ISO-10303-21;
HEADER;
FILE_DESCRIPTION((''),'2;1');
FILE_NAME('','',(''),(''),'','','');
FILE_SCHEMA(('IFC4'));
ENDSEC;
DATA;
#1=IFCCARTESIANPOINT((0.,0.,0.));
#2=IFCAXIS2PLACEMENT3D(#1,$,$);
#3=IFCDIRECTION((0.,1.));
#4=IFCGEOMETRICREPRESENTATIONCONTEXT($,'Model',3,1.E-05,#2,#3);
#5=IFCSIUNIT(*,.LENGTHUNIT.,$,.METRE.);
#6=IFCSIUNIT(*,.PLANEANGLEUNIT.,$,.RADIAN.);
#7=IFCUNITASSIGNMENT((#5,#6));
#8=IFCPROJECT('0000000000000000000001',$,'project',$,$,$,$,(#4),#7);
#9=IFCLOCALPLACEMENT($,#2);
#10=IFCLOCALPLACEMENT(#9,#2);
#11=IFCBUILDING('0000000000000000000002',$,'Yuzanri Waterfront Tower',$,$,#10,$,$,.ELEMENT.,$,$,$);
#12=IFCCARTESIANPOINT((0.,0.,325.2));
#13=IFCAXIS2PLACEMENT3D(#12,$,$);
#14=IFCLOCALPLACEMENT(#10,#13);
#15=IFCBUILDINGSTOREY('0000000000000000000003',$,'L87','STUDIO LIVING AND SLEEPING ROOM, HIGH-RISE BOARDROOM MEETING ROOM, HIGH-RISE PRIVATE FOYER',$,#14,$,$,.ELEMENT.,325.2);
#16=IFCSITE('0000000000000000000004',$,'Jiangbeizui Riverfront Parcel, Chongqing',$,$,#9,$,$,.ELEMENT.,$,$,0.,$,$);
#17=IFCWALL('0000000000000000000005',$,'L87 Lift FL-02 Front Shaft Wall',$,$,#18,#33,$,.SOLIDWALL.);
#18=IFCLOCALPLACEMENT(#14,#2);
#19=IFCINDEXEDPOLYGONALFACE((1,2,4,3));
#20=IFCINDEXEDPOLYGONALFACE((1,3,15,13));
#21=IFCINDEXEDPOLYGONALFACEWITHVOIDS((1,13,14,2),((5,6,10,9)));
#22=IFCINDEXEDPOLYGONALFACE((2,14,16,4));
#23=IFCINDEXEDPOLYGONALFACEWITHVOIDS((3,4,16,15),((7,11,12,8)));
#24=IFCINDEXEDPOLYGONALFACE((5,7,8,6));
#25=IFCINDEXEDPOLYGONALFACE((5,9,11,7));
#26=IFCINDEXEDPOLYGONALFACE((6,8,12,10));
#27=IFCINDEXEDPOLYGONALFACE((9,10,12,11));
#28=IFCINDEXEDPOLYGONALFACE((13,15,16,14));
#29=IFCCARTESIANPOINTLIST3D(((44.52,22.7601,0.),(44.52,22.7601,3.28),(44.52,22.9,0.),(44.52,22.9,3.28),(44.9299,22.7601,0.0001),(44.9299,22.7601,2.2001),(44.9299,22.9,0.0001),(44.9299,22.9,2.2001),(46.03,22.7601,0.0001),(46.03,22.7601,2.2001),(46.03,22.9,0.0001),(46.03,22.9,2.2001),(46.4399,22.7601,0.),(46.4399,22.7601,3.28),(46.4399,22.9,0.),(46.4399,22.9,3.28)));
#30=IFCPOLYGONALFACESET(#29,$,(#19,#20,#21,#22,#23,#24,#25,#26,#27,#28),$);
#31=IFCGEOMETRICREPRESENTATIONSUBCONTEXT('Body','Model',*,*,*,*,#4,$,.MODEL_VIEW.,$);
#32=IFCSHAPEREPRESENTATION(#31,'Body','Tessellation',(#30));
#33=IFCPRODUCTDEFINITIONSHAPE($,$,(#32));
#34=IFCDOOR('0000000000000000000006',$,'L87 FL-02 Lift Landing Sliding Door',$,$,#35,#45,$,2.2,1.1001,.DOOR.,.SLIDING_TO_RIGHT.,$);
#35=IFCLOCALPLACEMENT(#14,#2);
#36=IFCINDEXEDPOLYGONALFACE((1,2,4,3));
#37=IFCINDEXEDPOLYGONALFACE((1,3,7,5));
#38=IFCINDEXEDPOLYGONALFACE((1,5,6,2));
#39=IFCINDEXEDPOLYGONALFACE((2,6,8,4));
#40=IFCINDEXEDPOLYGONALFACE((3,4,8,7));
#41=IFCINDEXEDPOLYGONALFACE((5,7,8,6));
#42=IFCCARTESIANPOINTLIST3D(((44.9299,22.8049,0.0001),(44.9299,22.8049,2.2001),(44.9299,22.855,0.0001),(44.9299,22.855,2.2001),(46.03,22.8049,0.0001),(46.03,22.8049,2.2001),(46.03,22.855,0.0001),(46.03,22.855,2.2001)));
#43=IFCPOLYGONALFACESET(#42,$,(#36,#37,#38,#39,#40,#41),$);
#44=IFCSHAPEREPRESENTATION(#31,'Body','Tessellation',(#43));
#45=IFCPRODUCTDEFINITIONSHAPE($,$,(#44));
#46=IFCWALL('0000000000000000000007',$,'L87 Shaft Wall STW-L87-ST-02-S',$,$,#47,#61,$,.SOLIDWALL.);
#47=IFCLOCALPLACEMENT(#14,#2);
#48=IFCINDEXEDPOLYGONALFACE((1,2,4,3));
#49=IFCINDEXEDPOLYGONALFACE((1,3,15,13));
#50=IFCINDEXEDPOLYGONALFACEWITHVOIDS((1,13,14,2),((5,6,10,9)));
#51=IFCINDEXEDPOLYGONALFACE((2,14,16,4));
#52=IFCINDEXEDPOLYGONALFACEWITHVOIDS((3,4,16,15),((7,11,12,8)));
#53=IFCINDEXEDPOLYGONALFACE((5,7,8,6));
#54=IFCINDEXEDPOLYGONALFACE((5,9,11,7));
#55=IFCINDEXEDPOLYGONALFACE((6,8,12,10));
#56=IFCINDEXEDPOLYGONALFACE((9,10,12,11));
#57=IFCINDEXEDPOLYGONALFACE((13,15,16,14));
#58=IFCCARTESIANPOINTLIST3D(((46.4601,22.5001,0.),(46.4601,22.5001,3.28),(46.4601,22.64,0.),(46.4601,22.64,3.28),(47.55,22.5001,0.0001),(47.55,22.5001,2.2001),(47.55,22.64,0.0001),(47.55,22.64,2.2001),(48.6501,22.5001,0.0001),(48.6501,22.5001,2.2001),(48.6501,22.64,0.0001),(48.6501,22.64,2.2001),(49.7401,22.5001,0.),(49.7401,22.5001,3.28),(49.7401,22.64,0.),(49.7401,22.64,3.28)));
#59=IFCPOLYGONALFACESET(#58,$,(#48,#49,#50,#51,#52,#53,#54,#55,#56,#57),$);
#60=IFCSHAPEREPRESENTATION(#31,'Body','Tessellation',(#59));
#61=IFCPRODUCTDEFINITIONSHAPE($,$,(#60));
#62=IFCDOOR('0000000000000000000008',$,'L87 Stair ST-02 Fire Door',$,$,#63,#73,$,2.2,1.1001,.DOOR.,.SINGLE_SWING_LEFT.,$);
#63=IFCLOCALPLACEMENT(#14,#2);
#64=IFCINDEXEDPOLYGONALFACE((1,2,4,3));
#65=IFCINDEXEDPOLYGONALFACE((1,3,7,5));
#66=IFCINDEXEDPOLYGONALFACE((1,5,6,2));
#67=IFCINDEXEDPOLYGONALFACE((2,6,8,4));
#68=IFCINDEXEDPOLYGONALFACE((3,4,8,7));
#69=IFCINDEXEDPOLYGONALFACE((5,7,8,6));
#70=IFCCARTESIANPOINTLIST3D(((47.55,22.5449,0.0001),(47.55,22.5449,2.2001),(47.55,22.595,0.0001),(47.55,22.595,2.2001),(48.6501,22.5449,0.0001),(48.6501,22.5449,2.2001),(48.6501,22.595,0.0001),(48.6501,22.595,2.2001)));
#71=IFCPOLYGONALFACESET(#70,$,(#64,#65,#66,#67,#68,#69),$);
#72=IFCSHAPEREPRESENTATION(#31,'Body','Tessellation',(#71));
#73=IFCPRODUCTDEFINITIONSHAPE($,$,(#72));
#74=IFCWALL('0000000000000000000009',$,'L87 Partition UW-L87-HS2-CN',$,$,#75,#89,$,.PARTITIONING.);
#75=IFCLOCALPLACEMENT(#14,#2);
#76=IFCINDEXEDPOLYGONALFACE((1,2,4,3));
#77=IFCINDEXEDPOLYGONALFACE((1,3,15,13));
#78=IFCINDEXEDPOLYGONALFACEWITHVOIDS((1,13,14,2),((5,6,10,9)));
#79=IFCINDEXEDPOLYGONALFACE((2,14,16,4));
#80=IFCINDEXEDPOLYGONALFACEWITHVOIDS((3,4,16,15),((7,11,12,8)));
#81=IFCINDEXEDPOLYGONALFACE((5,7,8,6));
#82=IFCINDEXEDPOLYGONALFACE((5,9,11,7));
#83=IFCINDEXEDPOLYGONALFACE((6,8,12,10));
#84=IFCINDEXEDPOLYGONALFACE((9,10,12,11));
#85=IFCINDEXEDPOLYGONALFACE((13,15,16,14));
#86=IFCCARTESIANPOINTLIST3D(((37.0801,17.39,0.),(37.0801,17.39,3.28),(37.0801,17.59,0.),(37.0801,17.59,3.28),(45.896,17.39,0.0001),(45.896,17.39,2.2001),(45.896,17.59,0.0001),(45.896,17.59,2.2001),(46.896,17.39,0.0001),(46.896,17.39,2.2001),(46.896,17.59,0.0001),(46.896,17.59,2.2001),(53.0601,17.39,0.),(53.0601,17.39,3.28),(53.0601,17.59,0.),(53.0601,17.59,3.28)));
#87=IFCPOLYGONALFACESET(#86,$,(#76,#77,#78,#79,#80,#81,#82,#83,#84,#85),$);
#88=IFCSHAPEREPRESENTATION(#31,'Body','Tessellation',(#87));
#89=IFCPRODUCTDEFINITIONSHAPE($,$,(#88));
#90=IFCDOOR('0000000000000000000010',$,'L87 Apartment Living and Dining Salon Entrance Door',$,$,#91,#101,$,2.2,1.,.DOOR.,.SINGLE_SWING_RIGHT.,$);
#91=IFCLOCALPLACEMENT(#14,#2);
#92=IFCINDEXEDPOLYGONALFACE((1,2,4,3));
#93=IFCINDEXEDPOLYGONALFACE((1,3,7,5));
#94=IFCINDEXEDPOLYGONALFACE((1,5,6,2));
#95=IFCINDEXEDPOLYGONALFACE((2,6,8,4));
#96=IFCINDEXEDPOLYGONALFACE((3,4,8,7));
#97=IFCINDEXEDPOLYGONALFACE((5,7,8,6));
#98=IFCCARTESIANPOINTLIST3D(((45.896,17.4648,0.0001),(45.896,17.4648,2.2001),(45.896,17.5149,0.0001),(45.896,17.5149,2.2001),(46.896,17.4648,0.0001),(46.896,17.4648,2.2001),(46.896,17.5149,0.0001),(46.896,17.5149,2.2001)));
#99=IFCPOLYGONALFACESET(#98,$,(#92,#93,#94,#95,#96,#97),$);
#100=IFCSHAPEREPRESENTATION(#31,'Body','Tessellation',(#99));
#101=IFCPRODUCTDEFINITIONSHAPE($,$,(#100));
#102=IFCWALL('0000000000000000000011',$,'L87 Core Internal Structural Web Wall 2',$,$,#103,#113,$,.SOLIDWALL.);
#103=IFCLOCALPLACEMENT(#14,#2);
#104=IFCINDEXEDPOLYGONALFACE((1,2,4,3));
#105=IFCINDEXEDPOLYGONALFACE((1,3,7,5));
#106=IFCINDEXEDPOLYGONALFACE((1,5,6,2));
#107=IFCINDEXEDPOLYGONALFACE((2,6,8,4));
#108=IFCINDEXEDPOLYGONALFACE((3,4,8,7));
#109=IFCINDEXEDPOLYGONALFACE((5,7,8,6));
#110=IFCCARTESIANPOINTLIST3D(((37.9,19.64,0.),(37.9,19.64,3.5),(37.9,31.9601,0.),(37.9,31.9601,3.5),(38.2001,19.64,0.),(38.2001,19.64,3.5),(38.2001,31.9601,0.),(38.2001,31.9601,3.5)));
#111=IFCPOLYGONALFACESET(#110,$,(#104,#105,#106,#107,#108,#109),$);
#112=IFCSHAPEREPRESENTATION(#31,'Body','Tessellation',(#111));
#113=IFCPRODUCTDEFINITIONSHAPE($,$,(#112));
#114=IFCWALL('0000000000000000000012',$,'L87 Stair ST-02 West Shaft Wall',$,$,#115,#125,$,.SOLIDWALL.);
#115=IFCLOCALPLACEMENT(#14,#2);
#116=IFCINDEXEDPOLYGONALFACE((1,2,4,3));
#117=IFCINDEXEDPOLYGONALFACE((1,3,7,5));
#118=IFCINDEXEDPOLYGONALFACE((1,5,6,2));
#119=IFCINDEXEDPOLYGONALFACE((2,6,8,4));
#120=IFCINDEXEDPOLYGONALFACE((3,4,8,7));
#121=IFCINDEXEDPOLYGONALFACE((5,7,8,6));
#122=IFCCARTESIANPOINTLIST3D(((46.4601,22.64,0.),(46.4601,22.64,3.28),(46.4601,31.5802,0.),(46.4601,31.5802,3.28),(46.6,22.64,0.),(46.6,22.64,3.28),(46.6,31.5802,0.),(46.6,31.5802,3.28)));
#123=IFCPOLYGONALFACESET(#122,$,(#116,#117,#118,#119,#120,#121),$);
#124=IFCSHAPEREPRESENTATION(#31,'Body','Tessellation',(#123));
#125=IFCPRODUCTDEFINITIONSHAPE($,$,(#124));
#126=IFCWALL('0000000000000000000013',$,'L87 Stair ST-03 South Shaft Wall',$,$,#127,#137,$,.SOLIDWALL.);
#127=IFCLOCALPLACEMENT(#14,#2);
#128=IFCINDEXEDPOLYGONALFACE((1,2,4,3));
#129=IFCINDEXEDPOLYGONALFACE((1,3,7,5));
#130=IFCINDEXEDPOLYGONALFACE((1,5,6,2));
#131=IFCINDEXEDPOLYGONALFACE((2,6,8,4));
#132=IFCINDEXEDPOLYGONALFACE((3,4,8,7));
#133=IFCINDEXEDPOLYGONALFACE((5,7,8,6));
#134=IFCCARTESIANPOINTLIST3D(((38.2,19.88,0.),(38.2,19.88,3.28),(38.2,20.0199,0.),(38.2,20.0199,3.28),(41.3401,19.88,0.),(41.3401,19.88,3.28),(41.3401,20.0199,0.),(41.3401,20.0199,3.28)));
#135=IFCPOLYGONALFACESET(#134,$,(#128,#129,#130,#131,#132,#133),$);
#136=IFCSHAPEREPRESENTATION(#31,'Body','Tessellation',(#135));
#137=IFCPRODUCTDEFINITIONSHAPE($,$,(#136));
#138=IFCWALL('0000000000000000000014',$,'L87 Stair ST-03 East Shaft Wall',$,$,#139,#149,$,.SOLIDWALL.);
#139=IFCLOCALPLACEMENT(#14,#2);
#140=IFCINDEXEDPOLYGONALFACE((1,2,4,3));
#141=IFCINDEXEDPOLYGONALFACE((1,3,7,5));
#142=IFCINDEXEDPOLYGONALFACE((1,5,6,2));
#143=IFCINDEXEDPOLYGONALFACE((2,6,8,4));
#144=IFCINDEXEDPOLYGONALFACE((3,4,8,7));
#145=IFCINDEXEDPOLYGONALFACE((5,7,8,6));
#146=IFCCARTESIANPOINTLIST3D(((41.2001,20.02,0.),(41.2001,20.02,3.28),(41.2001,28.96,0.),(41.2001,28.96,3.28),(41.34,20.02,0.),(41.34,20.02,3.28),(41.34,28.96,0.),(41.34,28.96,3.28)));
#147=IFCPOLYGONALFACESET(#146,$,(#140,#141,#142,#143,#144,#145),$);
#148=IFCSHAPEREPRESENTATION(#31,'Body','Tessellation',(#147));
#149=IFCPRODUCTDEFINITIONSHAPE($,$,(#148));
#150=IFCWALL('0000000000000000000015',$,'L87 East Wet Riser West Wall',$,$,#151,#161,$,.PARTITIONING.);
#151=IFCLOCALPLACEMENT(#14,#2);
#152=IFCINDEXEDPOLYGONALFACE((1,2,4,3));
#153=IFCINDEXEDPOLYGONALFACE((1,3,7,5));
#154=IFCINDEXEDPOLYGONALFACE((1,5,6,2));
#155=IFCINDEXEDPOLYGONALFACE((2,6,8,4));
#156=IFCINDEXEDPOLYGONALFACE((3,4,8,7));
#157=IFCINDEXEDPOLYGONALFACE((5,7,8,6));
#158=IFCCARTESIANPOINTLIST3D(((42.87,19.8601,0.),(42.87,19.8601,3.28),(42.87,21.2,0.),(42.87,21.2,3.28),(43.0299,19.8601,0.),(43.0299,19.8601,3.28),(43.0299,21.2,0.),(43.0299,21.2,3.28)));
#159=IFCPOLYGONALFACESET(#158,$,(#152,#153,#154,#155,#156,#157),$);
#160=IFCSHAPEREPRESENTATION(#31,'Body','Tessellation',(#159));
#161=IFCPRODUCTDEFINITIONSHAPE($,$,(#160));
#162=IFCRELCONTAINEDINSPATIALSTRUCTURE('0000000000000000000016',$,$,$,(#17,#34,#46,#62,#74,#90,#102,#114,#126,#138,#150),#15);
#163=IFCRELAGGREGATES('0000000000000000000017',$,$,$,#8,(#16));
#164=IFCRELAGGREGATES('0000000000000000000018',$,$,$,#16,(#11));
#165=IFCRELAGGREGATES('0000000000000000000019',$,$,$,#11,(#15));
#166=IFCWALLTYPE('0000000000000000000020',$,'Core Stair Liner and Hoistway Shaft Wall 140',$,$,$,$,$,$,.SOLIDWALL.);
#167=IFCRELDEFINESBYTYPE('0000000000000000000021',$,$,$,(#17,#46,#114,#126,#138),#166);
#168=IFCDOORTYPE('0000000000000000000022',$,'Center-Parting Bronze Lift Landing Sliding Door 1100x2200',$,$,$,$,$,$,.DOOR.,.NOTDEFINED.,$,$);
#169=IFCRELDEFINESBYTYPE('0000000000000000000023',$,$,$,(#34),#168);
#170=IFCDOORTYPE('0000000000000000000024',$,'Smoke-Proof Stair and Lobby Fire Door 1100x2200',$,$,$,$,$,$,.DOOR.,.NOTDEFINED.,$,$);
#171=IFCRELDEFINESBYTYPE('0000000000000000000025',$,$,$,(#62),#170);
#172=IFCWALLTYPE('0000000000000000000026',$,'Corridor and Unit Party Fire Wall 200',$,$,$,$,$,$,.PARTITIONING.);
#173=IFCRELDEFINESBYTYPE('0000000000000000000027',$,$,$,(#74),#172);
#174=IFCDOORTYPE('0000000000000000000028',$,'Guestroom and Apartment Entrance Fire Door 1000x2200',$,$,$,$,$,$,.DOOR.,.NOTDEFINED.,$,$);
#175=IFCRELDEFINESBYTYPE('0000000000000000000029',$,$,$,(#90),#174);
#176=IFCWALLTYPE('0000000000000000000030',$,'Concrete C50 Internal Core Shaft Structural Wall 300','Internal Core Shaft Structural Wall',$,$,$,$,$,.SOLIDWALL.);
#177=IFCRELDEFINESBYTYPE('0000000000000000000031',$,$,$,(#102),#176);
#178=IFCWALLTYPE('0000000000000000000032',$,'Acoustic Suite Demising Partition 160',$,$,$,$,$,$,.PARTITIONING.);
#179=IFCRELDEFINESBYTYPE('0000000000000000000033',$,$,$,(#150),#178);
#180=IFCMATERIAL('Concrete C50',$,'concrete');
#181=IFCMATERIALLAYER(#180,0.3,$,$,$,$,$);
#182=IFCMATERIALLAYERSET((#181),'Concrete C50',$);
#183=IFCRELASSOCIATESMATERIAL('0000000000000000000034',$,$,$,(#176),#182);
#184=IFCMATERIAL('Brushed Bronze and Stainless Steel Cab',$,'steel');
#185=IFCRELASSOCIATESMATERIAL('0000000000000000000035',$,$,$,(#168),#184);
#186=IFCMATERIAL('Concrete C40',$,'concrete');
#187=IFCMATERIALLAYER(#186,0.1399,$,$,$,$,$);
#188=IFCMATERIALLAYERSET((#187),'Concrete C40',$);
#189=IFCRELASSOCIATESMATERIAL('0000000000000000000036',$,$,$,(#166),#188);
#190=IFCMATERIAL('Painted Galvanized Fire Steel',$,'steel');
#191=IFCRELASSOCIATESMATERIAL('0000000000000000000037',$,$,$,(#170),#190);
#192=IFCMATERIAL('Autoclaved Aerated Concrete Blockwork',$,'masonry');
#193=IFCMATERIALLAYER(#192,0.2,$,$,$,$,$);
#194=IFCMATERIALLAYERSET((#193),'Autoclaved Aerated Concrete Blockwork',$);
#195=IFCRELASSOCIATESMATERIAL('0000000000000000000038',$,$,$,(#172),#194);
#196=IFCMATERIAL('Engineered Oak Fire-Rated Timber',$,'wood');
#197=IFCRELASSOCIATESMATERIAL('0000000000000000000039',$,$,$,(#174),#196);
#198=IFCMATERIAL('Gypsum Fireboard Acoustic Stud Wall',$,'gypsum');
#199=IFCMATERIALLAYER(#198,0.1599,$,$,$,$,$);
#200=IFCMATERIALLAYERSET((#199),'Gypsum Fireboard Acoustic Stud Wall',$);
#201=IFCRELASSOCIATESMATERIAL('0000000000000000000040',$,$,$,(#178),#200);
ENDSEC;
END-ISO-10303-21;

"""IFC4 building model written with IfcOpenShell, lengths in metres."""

from ifc_helpers import new_model, si_unit, direction, frame, frame_2d, origin, place, context, subcontext, project, spatial, rectangle, extrude, source, transform, mapped, material, layer, layer_set, type_object, element, fill, save


model = new_model("IFC4")

# Units and contexts
model_context = context("Model", 3, precision=1e-05, world=origin(), true_north=direction((0.0, 1.0)))
body_context = subcontext(model_context, "Body", "Model", "MODEL_VIEW")
ifc_project = project(units=[si_unit("LENGTHUNIT", "METRE"), si_unit("PLANEANGLEUNIT", "RADIAN")], contexts=[model_context])

# Site, building, storey
site_placement = place(None, origin())
site = spatial("IfcSite", under=ifc_project, at=site_placement, Name="Jiangbeizui Riverfront Parcel, Chongqing", CompositionType="ELEMENT", RefElevation=0.0)
building_placement = place(site_placement, origin())
building = spatial("IfcBuilding", under=site, at=building_placement, Name="Yuzanri Waterfront Tower", CompositionType="ELEMENT")
storey_placement = place(building_placement, frame((0.0, 0.0, 325.2)))
storey = spatial("IfcBuildingStorey", under=building, at=storey_placement, Name="L87", Description="STUDIO LIVING AND SLEEPING ROOM, HIGH-RISE BOARDROOM MEETING ROOM, HIGH-RISE PRIVATE FOYER", CompositionType="ELEMENT", Elevation=325.2)

# Shared definitions
ifc_material_1 = material(Name="Concrete C50", Category="concrete")
ifc_layer_1 = layer(ifc_material_1, 0.3)
ifc_layer_set_1 = layer_set([ifc_layer_1], Name="Concrete C50")
wall_type_1 = type_object("IfcWallType", Name="Concrete C50 Internal Core Shaft Structural Wall 300", Description="Internal Core Shaft Structural Wall", PredefinedType="SOLIDWALL", material=ifc_layer_set_1)
ifc_material_2 = material(Name="Brushed Bronze and Stainless Steel Cab", Category="steel")
door_type_1 = type_object("IfcDoorType", Name="Center-Parting Bronze Lift Landing Sliding Door 1100x2200", OperationType="NOTDEFINED", PredefinedType="DOOR", material=ifc_material_2)
shared_shape_1 = source(origin(), body_context, "Body", "SweptSolid", [
    extrude(rectangle(XDim=1.1001, YDim=2.2, at=frame_2d((0.55, 1.1001))), frame((0.0, 0.0249, 0.0), z_axis=(0.0, -1.0, 0.0), x_axis=(1.0, 0.0, 0.0)), (0.0, 0.0, 1.0), 0.05),
])

# Walls, openings, doors
ifc_material_3 = material(Name="Concrete C40", Category="concrete")
ifc_layer_2 = layer(ifc_material_3, 0.1399)
ifc_layer_set_2 = layer_set([ifc_layer_2], Name="Concrete C40")
wall_type_2 = type_object("IfcWallType", Name="Core Stair Liner and Hoistway Shaft Wall 140", PredefinedType="SOLIDWALL", material=ifc_layer_set_2)
wall_1_placement = place(storey_placement, frame((44.52, 22.8301, 0.0), z_axis=(0.0, 0.0, 1.0), x_axis=(1.0, 0.0, 0.0)))
wall_1 = element("IfcWall", 1, at=wall_1_placement, inside=storey, type_object=wall_type_2, Name="L87 Lift FL-02 Front Shaft Wall", PredefinedType="SOLIDWALL", context=body_context, shape_type="SweptSolid", body=[
    extrude(rectangle(XDim=1.9199, YDim=0.1399, at=frame_2d((0.96, 0.0))), origin(), (0.0, 0.0, 1.0), 3.28),
])
opening_1_placement = place(wall_1_placement, frame((0.4099, 0.0, 0.0)))
opening_1 = element("IfcOpeningElement", 2, at=opening_1_placement, cuts=wall_1, PredefinedType="OPENING", context=body_context, shape_type="SweptSolid", body=[
    extrude(rectangle(XDim=1.1001, YDim=2.2, at=frame_2d((0.55, 1.1001))), frame((0.0, 0.085, 0.0), z_axis=(0.0, -1.0, 0.0), x_axis=(1.0, 0.0, 0.0)), (0.0, 0.0, 1.0), 0.1697),
])
door_1_placement = place(opening_1_placement, origin())
door_1 = element("IfcDoor", 3, at=door_1_placement, inside=storey, type_object=door_type_1, Name="L87 FL-02 Lift Landing Sliding Door", OperationType="SLIDING_TO_RIGHT", OverallHeight=2.2, OverallWidth=1.1001, PredefinedType="DOOR", context=body_context, shape_type="MappedRepresentation", body=[
    mapped(shared_shape_1, transform((0.0, 0.0, 0.0), scale=1.0)),
])
fill(opening_1, door_1)
wall_2_placement = place(storey_placement, frame((46.46, 22.5701, 0.0), z_axis=(0.0, 0.0, 1.0), x_axis=(1.0, 0.0, 0.0)))
wall_2 = element("IfcWall", 4, at=wall_2_placement, inside=storey, type_object=wall_type_2, Name="L87 Shaft Wall STW-L87-ST-02-S", PredefinedType="SOLIDWALL", context=body_context, shape_type="SweptSolid", body=[
    extrude(rectangle(XDim=3.28, YDim=0.1399, at=frame_2d((1.6401, 0.0))), origin(), (0.0, 0.0, 1.0), 3.28),
])
opening_2_placement = place(wall_2_placement, frame((1.0901, 0.0, 0.0)))
opening_2 = element("IfcOpeningElement", 5, at=opening_2_placement, cuts=wall_2, PredefinedType="OPENING", context=body_context, shape_type="SweptSolid", body=[
    extrude(rectangle(XDim=1.1001, YDim=2.2, at=frame_2d((0.55, 1.1001))), frame((0.0, 0.085, 0.0), z_axis=(0.0, -1.0, 0.0), x_axis=(1.0, 0.0, 0.0)), (0.0, 0.0, 1.0), 0.1697),
])
ifc_material_4 = material(Name="Painted Galvanized Fire Steel", Category="steel")
door_type_2 = type_object("IfcDoorType", Name="Smoke-Proof Stair and Lobby Fire Door 1100x2200", OperationType="NOTDEFINED", PredefinedType="DOOR", material=ifc_material_4)
shared_shape_2 = source(origin(), body_context, "Body", "SweptSolid", [
    extrude(rectangle(XDim=1.1001, YDim=2.2, at=frame_2d((0.55, 1.1001))), frame((0.0, 0.0249, 0.0), z_axis=(0.0, -1.0, 0.0), x_axis=(1.0, 0.0, 0.0)), (0.0, 0.0, 1.0), 0.05),
])
door_2_placement = place(opening_2_placement, origin())
door_2 = element("IfcDoor", 6, at=door_2_placement, inside=storey, type_object=door_type_2, Name="L87 Stair ST-02 Fire Door", OperationType="SINGLE_SWING_LEFT", OverallHeight=2.2, OverallWidth=1.1001, PredefinedType="DOOR", context=body_context, shape_type="MappedRepresentation", body=[
    mapped(shared_shape_2, transform((0.0, 0.0, 0.0), scale=1.0)),
])
fill(opening_2, door_2)
ifc_material_5 = material(Name="Autoclaved Aerated Concrete Blockwork", Category="masonry")
ifc_layer_3 = layer(ifc_material_5, 0.2)
ifc_layer_set_3 = layer_set([ifc_layer_3], Name="Autoclaved Aerated Concrete Blockwork")
wall_type_3 = type_object("IfcWallType", Name="Corridor and Unit Party Fire Wall 200", PredefinedType="PARTITIONING", material=ifc_layer_set_3)
wall_3_placement = place(storey_placement, frame((37.0801, 17.49, 0.0), z_axis=(0.0, 0.0, 1.0), x_axis=(1.0, 0.0, 0.0)))
wall_3 = element("IfcWall", 7, at=wall_3_placement, inside=storey, type_object=wall_type_3, Name="L87 Partition UW-L87-HS2-CN", PredefinedType="PARTITIONING", context=body_context, shape_type="SweptSolid", body=[
    extrude(rectangle(XDim=15.98, YDim=0.2, at=frame_2d((7.99, 0.0))), origin(), (0.0, 0.0, 1.0), 3.28),
])
opening_3_placement = place(wall_3_placement, frame((8.8159, 0.0, 0.0)))
opening_3 = element("IfcOpeningElement", 8, at=opening_3_placement, cuts=wall_3, PredefinedType="OPENING", context=body_context, shape_type="SweptSolid", body=[
    extrude(rectangle(XDim=1.0, YDim=2.2, at=frame_2d((0.5, 1.1001))), frame((0.0, 0.1147, 0.0), z_axis=(0.0, -1.0, 0.0), x_axis=(1.0, 0.0, 0.0)), (0.0, 0.0, 1.0), 0.2297),
])
ifc_material_6 = material(Name="Engineered Oak Fire-Rated Timber", Category="wood")
door_type_3 = type_object("IfcDoorType", Name="Guestroom and Apartment Entrance Fire Door 1000x2200", OperationType="NOTDEFINED", PredefinedType="DOOR", material=ifc_material_6)
shared_shape_3 = source(origin(), body_context, "Body", "SweptSolid", [
    extrude(rectangle(XDim=1.0, YDim=2.2, at=frame_2d((0.5, 1.1001))), frame((0.0, 0.0249, 0.0), z_axis=(0.0, -1.0, 0.0), x_axis=(1.0, 0.0, 0.0)), (0.0, 0.0, 1.0), 0.05),
])
door_3_placement = place(opening_3_placement, origin())
door_3 = element("IfcDoor", 9, at=door_3_placement, inside=storey, type_object=door_type_3, Name="L87 Apartment Living and Dining Salon Entrance Door", OperationType="SINGLE_SWING_RIGHT", OverallHeight=2.2, OverallWidth=1.0, PredefinedType="DOOR", context=body_context, shape_type="MappedRepresentation", body=[
    mapped(shared_shape_3, transform((0.0, 0.0, 0.0), scale=1.0)),
])
fill(opening_3, door_3)

# Walls
shared_shape_4 = source(origin(), body_context, "Body", "SweptSolid", [
    extrude(rectangle(XDim=12.3201, YDim=0.3, at=frame_2d((6.1602, 0.0))), origin(), (0.0, 0.0, 1.0), 3.5),
])
wall_4_placement = place(storey_placement, frame((38.05, 19.6399, 0.0), z_axis=(0.0, 0.0, 1.0), x_axis=(0.0, 1.0, 0.0)))
element("IfcWall", 10, at=wall_4_placement, inside=storey, type_object=wall_type_1, Name="L87 Core Internal Structural Web Wall 2", PredefinedType="SOLIDWALL", context=body_context, shape_type="MappedRepresentation", body=[
    mapped(shared_shape_4, transform((0.0, 0.0, 0.0), scale=1.0)),
])
shared_shape_5 = source(origin(), body_context, "Body", "SweptSolid", [
    extrude(rectangle(XDim=8.9402, YDim=0.1399, at=frame_2d((4.4702, 0.0))), origin(), (0.0, 0.0, 1.0), 3.28),
])
wall_5_placement = place(storey_placement, frame((46.53, 22.6399, 0.0), z_axis=(0.0, 0.0, 1.0), x_axis=(0.0, 1.0, 0.0)))
element("IfcWall", 11, at=wall_5_placement, inside=storey, type_object=wall_type_2, Name="L87 Stair ST-02 West Shaft Wall", PredefinedType="SOLIDWALL", context=body_context, shape_type="MappedRepresentation", body=[
    mapped(shared_shape_5, transform((0.0, 0.0, 0.0), scale=1.0)),
])
shared_shape_6 = source(origin(), body_context, "Body", "SweptSolid", [
    extrude(rectangle(XDim=3.1401, YDim=0.1399, at=frame_2d((1.5701, 0.0))), origin(), (0.0, 0.0, 1.0), 3.28),
])
wall_6_placement = place(storey_placement, frame((38.2, 19.95, 0.0), z_axis=(0.0, 0.0, 1.0), x_axis=(1.0, 0.0, 0.0)))
element("IfcWall", 12, at=wall_6_placement, inside=storey, type_object=wall_type_2, Name="L87 Stair ST-03 South Shaft Wall", PredefinedType="SOLIDWALL", context=body_context, shape_type="MappedRepresentation", body=[
    mapped(shared_shape_6, transform((0.0, 0.0, 0.0), scale=1.0)),
])
shared_shape_7 = source(origin(), body_context, "Body", "SweptSolid", [
    extrude(rectangle(XDim=8.9399, YDim=0.1399, at=frame_2d((4.47, 0.0))), origin(), (0.0, 0.0, 1.0), 3.28),
])
wall_7_placement = place(storey_placement, frame((41.27, 20.02, 0.0), z_axis=(0.0, 0.0, 1.0), x_axis=(0.0, 1.0, 0.0)))
element("IfcWall", 13, at=wall_7_placement, inside=storey, type_object=wall_type_2, Name="L87 Stair ST-03 East Shaft Wall", PredefinedType="SOLIDWALL", context=body_context, shape_type="MappedRepresentation", body=[
    mapped(shared_shape_7, transform((0.0, 0.0, 0.0), scale=1.0)),
])
ifc_material_7 = material(Name="Gypsum Fireboard Acoustic Stud Wall", Category="gypsum")
ifc_layer_4 = layer(ifc_material_7, 0.1599)
ifc_layer_set_4 = layer_set([ifc_layer_4], Name="Gypsum Fireboard Acoustic Stud Wall")
wall_type_4 = type_object("IfcWallType", Name="Acoustic Suite Demising Partition 160", PredefinedType="PARTITIONING", material=ifc_layer_set_4)
shared_shape_8 = source(origin(), body_context, "Body", "SweptSolid", [
    extrude(rectangle(XDim=1.3398, YDim=0.1599, at=frame_2d((0.6699, 0.0))), origin(), (0.0, 0.0, 1.0), 3.28),
])
wall_8_placement = place(storey_placement, frame((42.95, 19.8601, 0.0), z_axis=(0.0, 0.0, 1.0), x_axis=(0.0, 1.0, 0.0)))
element("IfcWall", 14, at=wall_8_placement, inside=storey, type_object=wall_type_4, Name="L87 East Wet Riser West Wall", PredefinedType="PARTITIONING", context=body_context, shape_type="MappedRepresentation", body=[
    mapped(shared_shape_8, transform((0.0, 0.0, 0.0), scale=1.0)),
])

save(model, "model.ifc")
